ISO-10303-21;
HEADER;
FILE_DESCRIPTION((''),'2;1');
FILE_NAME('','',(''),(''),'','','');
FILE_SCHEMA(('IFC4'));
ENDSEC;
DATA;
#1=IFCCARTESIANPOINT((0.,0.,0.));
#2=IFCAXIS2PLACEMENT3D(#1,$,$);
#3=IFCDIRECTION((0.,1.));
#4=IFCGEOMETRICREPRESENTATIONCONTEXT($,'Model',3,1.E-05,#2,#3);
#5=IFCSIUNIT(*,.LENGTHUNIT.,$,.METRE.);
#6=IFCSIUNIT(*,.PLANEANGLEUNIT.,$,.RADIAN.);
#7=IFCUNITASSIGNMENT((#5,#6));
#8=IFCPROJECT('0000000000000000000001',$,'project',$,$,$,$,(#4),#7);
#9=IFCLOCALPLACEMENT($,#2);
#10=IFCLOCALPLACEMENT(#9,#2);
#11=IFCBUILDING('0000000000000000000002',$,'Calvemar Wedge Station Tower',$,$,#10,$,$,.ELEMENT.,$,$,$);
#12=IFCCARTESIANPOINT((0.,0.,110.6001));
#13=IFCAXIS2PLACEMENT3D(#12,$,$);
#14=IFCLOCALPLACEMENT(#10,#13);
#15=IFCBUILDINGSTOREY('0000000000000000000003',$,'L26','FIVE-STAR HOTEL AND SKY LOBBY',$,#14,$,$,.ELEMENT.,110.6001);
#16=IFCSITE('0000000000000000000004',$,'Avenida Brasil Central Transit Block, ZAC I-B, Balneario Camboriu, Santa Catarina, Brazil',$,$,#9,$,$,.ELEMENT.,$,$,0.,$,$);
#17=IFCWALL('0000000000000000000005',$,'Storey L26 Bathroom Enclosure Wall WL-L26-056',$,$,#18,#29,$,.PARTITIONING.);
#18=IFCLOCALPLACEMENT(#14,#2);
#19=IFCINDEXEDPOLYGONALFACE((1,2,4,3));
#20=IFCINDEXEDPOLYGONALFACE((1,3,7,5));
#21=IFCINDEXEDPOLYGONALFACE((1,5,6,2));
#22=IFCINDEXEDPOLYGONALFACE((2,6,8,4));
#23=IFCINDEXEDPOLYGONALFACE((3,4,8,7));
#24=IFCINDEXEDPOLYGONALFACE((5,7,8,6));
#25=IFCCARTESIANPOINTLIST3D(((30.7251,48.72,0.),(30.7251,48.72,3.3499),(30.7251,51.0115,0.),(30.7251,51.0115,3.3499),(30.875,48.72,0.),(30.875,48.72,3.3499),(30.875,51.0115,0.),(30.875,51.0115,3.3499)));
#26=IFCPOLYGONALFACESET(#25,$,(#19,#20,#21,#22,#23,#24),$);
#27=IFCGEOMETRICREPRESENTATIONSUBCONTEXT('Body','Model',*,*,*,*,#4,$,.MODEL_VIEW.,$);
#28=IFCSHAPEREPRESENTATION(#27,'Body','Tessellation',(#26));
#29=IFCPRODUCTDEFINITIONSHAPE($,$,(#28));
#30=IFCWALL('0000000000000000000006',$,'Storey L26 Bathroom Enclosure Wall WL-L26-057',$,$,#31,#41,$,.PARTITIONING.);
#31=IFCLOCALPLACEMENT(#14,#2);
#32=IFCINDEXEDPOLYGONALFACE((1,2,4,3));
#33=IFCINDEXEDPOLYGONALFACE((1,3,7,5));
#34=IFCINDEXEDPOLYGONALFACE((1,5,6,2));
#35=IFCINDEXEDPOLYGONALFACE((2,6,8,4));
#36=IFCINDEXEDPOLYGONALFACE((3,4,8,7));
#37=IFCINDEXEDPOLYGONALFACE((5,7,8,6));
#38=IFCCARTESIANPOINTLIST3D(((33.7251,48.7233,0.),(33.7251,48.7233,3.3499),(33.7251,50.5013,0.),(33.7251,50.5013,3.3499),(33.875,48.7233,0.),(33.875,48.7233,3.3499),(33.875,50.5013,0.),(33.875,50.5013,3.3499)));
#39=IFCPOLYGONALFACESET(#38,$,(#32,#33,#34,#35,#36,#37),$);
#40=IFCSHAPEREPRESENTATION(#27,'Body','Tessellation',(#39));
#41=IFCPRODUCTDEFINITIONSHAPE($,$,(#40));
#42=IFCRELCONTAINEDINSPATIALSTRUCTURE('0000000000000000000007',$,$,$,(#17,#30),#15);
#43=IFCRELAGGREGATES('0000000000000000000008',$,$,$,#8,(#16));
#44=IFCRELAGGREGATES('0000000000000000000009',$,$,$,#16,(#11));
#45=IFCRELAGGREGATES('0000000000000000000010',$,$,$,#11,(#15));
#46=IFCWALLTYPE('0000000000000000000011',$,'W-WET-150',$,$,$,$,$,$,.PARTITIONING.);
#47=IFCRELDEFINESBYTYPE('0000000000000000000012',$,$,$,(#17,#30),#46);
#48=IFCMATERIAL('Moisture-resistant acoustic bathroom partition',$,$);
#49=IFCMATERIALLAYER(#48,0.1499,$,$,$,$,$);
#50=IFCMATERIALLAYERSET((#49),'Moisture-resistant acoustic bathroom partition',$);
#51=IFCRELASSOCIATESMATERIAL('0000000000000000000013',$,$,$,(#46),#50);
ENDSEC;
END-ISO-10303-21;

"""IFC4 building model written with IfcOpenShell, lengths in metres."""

from ifc_helpers import new_model, si_unit, direction, frame, frame_2d, origin, place, context, subcontext, project, spatial, rectangle, extrude, material, layer, layer_set, type_object, element, save


model = new_model("IFC4")

# Units and contexts
model_context = context("Model", 3, precision=1e-05, world=origin(), true_north=direction((0.0, 1.0)))
body_context = subcontext(model_context, "Body", "Model", "MODEL_VIEW")
ifc_project = project(units=[si_unit("LENGTHUNIT", "METRE"), si_unit("PLANEANGLEUNIT", "RADIAN")], contexts=[model_context])

# Site, building, storey
site_placement = place(None, origin())
site = spatial("IfcSite", under=ifc_project, at=site_placement, Name="Avenida Brasil Central Transit Block, ZAC I-B, Balneario Camboriu, Santa Catarina, Brazil", CompositionType="ELEMENT", RefElevation=0.0)
building_placement = place(site_placement, origin())
building = spatial("IfcBuilding", under=site, at=building_placement, Name="Calvemar Wedge Station Tower", CompositionType="ELEMENT")
storey_placement = place(building_placement, frame((0.0, 0.0, 110.6001)))
storey = spatial("IfcBuildingStorey", under=building, at=storey_placement, Name="L26", Description="FIVE-STAR HOTEL AND SKY LOBBY", CompositionType="ELEMENT", Elevation=110.6001)

# Shared definitions
ifc_material_1 = material(Name="Moisture-resistant acoustic bathroom partition")
ifc_layer_1 = layer(ifc_material_1, 0.1499)
ifc_layer_set_1 = layer_set([ifc_layer_1], Name="Moisture-resistant acoustic bathroom partition")
wall_type_1 = type_object("IfcWallType", Name="W-WET-150", PredefinedType="PARTITIONING", material=ifc_layer_set_1)

# Walls
wall_1_placement = place(storey_placement, frame((30.8, 51.0115, 0.0), z_axis=(0.0, 0.0, 1.0), x_axis=(0.0, -1.0, 0.0)))
element("IfcWall", 1, at=wall_1_placement, inside=storey, type_object=wall_type_1, Name="Storey L26 Bathroom Enclosure Wall WL-L26-056", PredefinedType="PARTITIONING", context=body_context, shape_type="SweptSolid", body=[
    extrude(rectangle(XDim=2.2915, YDim=0.1499, at=frame_2d((1.1458, 0.0))), origin(), (0.0, 0.0, 1.0), 3.3499),
])
wall_2_placement = place(storey_placement, frame((33.8, 48.7231, 0.0), z_axis=(0.0, 0.0, 1.0), x_axis=(0.0, 1.0, 0.0)))
element("IfcWall", 2, at=wall_2_placement, inside=storey, type_object=wall_type_1, Name="Storey L26 Bathroom Enclosure Wall WL-L26-057", PredefinedType="PARTITIONING", context=body_context, shape_type="SweptSolid", body=[
    extrude(rectangle(XDim=1.7781, YDim=0.1499, at=frame_2d((0.8892, 0.0))), origin(), (0.0, 0.0, 1.0), 3.3499),
])

save(model, "model.ifc")
